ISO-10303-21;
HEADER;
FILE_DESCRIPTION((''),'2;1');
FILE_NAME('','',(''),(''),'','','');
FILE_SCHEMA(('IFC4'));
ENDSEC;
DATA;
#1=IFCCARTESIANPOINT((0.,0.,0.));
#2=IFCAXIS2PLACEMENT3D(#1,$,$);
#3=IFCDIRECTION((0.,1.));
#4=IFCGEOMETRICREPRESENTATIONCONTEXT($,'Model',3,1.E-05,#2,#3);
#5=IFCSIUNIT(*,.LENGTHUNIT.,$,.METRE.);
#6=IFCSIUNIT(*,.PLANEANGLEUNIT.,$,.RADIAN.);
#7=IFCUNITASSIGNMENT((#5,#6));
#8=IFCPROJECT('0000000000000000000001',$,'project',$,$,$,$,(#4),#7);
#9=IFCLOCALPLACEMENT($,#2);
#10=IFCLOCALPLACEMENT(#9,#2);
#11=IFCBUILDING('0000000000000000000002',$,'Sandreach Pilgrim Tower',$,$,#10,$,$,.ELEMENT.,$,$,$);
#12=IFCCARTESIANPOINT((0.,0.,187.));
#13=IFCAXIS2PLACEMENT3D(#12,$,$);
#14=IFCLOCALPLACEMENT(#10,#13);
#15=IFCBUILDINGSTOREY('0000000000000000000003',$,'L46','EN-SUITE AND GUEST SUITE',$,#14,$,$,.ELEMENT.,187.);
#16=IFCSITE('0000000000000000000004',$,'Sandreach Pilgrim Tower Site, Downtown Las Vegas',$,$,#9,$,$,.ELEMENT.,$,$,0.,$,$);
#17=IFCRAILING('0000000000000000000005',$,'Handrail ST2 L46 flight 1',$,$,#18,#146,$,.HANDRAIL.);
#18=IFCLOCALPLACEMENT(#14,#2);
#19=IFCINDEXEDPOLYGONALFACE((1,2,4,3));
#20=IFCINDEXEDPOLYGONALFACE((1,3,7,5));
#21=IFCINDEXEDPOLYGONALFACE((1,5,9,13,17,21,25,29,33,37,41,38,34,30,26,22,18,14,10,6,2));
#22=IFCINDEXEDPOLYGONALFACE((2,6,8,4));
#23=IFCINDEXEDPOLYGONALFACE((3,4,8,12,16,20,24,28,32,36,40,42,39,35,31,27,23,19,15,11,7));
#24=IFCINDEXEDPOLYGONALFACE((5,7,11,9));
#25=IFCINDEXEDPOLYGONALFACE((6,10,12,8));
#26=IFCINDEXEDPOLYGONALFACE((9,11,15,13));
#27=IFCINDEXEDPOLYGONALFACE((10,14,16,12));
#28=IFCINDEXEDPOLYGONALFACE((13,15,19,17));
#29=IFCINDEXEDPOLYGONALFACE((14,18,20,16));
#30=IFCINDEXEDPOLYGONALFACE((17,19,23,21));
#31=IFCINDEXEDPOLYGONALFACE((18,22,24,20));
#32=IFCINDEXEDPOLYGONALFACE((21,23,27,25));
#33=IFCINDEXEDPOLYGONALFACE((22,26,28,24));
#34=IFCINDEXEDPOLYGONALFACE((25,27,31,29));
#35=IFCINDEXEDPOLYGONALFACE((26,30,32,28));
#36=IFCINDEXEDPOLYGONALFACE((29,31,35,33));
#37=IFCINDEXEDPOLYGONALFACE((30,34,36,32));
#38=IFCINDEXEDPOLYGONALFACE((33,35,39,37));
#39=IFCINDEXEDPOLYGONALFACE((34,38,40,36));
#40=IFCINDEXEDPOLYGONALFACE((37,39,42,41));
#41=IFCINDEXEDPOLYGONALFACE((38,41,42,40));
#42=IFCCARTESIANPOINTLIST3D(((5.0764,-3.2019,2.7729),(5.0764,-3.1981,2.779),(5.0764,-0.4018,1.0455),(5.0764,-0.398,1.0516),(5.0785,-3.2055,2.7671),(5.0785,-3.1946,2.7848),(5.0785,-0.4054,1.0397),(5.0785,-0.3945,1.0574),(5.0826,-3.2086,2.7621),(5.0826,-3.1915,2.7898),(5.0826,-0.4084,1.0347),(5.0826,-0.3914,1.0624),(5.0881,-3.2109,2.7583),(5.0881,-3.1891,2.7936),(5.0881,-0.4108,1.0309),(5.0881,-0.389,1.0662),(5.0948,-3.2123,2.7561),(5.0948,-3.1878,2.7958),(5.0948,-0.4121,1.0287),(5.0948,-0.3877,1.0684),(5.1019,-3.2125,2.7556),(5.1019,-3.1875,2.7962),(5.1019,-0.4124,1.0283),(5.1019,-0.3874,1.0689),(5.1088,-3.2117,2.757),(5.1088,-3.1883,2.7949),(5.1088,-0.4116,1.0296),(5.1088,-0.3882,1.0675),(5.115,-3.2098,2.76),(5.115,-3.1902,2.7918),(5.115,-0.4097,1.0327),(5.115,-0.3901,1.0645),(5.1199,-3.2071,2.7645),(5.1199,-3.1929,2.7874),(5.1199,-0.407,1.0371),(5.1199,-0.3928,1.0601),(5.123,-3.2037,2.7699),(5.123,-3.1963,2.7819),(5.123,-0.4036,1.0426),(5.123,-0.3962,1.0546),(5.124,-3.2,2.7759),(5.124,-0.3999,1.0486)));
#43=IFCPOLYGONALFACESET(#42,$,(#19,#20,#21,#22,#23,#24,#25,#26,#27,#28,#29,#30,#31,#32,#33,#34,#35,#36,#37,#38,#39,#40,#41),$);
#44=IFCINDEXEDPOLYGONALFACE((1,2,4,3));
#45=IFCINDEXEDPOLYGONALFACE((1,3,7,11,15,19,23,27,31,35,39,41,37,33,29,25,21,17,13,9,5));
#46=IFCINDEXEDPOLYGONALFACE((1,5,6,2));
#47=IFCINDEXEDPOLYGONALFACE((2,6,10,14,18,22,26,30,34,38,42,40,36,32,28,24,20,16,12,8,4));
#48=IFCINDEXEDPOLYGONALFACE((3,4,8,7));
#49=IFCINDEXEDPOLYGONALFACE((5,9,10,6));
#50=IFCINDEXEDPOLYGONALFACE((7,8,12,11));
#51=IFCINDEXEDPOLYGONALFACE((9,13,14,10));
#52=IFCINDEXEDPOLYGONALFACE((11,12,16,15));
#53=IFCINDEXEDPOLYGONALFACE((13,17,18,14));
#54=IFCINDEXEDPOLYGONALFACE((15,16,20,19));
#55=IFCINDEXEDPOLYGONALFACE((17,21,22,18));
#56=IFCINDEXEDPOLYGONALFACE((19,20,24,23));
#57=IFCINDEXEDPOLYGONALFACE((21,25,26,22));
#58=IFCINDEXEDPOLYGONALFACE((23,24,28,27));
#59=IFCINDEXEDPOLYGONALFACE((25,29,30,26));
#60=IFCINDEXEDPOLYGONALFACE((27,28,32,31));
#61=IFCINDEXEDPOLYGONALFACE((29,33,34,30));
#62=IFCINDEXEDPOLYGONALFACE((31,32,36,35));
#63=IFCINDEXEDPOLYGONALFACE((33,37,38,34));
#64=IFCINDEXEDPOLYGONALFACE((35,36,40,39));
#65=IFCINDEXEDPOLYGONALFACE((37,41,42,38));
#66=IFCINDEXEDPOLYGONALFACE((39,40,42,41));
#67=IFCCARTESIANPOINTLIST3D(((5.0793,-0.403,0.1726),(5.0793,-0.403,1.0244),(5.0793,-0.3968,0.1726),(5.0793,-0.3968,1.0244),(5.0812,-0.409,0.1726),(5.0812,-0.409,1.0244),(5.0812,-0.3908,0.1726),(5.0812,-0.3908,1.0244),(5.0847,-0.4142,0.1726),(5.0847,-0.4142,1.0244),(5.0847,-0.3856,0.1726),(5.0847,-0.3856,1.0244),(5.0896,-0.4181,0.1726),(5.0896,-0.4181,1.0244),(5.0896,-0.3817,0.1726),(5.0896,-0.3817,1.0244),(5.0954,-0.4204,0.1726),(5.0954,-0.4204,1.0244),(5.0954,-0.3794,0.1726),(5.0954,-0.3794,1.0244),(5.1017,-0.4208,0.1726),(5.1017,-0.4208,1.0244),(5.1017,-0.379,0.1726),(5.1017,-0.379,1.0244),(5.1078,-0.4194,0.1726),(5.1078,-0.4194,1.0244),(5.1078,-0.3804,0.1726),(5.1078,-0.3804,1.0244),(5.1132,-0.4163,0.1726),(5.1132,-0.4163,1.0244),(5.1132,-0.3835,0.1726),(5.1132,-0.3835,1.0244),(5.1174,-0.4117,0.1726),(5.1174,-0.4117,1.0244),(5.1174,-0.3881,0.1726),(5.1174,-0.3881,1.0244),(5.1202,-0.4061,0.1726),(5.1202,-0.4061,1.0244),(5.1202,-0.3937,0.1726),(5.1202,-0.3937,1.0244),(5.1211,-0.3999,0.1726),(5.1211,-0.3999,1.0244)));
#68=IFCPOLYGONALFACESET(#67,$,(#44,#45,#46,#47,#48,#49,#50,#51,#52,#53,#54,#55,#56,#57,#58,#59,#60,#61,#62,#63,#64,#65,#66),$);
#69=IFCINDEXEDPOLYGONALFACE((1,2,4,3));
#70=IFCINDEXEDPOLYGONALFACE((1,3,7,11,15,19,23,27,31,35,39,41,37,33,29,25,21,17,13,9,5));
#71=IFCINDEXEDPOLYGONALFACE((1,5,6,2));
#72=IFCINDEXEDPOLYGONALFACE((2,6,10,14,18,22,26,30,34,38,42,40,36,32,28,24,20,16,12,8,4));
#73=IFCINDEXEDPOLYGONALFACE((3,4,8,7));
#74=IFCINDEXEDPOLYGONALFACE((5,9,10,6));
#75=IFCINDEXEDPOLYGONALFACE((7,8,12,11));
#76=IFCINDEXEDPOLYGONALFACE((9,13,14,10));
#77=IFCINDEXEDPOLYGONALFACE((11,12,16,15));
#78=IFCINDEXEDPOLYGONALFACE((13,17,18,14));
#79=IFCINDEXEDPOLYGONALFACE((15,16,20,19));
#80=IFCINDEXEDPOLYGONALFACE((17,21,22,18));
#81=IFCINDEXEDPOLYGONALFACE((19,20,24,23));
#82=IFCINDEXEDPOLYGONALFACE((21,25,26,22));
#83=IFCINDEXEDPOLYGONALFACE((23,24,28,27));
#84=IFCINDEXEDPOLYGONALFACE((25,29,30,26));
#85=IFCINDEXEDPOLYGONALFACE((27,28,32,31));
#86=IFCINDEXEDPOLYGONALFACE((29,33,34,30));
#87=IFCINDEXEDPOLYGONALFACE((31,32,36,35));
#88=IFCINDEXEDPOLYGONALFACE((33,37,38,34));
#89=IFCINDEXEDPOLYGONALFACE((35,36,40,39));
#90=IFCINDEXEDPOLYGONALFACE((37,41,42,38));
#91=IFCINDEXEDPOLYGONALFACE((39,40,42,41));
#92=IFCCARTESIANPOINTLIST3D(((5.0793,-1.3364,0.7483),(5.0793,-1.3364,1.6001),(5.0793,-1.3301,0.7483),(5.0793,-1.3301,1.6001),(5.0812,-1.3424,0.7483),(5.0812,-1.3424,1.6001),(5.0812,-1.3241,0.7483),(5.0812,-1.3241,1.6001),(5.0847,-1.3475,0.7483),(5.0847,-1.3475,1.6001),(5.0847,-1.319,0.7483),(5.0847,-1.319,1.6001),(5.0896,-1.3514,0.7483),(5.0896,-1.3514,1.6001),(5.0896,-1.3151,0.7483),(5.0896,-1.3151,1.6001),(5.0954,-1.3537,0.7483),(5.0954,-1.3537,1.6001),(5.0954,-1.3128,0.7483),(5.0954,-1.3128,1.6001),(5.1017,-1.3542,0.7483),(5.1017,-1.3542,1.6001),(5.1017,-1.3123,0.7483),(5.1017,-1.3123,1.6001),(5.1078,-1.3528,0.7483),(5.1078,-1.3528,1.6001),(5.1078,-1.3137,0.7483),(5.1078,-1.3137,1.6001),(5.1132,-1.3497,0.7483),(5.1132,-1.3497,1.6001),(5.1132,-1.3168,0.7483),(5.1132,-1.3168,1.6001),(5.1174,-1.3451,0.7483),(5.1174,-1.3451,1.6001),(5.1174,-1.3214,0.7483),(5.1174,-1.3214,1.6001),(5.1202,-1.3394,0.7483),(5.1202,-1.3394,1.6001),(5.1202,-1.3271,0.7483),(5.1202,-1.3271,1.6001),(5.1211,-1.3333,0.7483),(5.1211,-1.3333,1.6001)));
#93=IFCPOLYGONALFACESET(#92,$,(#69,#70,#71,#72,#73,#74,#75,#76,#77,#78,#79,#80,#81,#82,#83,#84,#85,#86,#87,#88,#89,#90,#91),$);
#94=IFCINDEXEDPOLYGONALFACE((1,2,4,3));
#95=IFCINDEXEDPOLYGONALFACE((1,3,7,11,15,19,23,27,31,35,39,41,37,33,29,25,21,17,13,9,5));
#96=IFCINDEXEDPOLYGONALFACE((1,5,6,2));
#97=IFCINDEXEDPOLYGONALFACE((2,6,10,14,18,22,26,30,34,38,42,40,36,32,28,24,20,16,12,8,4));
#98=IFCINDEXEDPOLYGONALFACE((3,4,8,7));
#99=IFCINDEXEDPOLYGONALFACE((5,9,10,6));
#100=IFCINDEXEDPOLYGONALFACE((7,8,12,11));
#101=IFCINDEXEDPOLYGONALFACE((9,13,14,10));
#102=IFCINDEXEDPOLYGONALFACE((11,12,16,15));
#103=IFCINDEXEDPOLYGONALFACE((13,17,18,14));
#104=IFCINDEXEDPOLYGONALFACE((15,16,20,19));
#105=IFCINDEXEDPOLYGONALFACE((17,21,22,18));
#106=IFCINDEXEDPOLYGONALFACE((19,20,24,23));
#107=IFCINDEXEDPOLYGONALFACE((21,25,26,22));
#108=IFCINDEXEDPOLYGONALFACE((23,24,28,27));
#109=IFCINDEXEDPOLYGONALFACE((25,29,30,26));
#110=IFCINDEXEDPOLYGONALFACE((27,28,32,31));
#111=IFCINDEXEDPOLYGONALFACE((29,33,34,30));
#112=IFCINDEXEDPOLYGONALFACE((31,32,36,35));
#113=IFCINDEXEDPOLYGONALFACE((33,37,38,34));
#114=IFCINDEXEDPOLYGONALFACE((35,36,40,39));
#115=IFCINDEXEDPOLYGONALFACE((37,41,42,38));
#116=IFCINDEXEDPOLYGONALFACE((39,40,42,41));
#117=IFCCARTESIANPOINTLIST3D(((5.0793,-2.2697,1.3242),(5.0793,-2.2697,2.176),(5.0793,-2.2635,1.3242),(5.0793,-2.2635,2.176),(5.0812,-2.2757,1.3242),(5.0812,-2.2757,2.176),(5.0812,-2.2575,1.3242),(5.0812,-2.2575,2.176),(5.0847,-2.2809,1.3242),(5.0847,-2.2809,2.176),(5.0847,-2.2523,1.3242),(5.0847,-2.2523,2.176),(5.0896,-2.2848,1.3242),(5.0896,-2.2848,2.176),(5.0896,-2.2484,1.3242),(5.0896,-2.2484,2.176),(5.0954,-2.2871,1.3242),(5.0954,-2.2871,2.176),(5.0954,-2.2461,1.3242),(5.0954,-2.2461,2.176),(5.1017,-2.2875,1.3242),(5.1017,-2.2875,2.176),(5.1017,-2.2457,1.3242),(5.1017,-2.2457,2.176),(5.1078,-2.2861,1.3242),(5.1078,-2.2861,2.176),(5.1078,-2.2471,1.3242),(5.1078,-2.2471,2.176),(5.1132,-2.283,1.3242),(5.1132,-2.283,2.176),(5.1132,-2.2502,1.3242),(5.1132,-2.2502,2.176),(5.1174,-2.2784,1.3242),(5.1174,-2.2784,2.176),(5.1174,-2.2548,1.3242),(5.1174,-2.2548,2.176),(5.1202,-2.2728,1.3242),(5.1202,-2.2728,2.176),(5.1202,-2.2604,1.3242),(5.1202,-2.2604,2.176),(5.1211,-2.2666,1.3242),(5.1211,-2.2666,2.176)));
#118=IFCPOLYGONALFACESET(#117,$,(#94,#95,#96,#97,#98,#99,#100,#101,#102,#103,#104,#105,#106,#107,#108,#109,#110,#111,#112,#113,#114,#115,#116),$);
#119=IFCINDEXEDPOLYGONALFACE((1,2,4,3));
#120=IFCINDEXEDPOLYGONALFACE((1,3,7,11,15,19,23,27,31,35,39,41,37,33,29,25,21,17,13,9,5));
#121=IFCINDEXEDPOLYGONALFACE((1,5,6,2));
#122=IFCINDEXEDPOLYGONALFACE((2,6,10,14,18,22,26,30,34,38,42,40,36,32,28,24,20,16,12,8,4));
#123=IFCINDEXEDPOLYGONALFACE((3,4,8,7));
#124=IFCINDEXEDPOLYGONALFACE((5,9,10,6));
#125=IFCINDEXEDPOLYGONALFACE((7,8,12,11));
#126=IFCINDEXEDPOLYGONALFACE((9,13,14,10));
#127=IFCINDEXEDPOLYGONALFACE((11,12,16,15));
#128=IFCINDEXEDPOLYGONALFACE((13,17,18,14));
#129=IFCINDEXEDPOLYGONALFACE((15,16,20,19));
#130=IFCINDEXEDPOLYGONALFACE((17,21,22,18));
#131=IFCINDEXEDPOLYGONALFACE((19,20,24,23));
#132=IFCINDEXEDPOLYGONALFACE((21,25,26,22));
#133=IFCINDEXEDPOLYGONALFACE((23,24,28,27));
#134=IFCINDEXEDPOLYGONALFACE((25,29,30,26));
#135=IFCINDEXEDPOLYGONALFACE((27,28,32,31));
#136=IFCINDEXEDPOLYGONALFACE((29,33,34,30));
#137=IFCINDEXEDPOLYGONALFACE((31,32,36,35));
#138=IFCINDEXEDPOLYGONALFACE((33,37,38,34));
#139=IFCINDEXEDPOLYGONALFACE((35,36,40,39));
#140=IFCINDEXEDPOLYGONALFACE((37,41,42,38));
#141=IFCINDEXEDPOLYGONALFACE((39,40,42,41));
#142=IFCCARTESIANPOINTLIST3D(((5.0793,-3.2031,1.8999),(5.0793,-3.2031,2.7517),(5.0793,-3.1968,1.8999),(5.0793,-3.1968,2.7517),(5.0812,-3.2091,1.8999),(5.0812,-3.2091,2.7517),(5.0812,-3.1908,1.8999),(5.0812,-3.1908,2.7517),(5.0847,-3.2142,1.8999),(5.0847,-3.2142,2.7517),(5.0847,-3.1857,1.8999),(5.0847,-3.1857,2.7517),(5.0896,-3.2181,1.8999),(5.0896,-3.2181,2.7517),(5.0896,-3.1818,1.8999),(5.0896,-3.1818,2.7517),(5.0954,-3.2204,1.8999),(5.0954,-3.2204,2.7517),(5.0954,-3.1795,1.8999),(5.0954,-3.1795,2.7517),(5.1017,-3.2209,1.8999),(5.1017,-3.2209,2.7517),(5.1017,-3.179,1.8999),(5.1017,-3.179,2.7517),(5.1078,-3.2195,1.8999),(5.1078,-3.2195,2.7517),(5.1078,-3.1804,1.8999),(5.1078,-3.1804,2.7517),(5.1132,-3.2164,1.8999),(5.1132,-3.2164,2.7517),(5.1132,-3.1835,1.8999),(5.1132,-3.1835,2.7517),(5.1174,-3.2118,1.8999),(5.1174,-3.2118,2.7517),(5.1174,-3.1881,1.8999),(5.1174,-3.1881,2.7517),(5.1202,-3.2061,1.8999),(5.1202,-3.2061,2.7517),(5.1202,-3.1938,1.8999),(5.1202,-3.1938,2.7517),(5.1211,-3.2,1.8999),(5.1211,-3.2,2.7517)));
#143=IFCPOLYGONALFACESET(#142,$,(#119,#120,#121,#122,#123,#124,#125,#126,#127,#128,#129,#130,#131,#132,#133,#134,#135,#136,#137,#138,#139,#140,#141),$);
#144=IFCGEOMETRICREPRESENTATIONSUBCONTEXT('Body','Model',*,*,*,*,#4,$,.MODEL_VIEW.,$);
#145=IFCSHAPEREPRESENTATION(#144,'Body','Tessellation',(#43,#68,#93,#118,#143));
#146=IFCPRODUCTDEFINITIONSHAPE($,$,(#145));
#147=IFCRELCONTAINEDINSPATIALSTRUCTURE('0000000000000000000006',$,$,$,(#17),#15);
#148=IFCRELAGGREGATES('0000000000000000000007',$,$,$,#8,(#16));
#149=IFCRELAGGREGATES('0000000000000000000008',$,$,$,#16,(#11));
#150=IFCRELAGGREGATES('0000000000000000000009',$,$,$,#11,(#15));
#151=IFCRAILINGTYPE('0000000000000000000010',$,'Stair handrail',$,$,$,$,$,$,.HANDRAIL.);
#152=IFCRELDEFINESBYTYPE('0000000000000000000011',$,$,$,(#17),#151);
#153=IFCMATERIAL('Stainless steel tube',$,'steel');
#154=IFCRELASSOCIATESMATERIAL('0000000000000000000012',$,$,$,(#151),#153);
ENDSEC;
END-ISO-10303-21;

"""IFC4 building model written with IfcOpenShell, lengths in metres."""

from ifc_helpers import new_model, si_unit, direction, frame, origin, origin_2d, place, context, subcontext, project, spatial, circle, extrude, material, type_object, element, save


model = new_model("IFC4")

# Units and contexts
model_context = context("Model", 3, precision=1e-05, world=origin(), true_north=direction((0.0, 1.0)))
body_context = subcontext(model_context, "Body", "Model", "MODEL_VIEW")
ifc_project = project(units=[si_unit("LENGTHUNIT", "METRE"), si_unit("PLANEANGLEUNIT", "RADIAN")], contexts=[model_context])

# Site, building, storey
site_placement = place(None, origin())
site = spatial("IfcSite", under=ifc_project, at=site_placement, Name="Sandreach Pilgrim Tower Site, Downtown Las Vegas", CompositionType="ELEMENT", RefElevation=0.0)
building_placement = place(site_placement, origin())
building = spatial("IfcBuilding", under=site, at=building_placement, Name="Sandreach Pilgrim Tower", CompositionType="ELEMENT")
storey_placement = place(building_placement, frame((0.0, 0.0, 187.0)))
storey = spatial("IfcBuildingStorey", under=building, at=storey_placement, Name="L46", Description="EN-SUITE AND GUEST SUITE", CompositionType="ELEMENT", Elevation=187.0)

# Railing
ifc_material_1 = material(Name="Stainless steel tube", Category="steel")
railing_type = type_object("IfcRailingType", Name="Stair handrail", PredefinedType="HANDRAIL", material=ifc_material_1)
for number, where, name in (
    (1, (5.1001, -0.3999, 0.1726), "Handrail ST2 L46 flight 1"),
):
    element("IfcRailing", number, at=place(storey_placement, frame(where)), inside=storey, type_object=railing_type, Name=name, PredefinedType="HANDRAIL", context=body_context, shape_type="SweptSolid", body=[
        extrude(circle(Radius=0.0239, at=origin_2d()), frame((0.0, 0.0, 0.876), z_axis=(0.0, -0.85109, 0.52502), x_axis=(1.0, 0.0, 0.0)), (0.0, 0.0, 1.0), 3.29),
        extrude(circle(Radius=0.021, at=origin_2d()), origin(), (0.0, 0.0, 1.0), 0.8518),
        extrude(circle(Radius=0.021, at=origin_2d()), frame((0.0, -0.9333, 0.5757)), (0.0, 0.0, 1.0), 0.8518),
        extrude(circle(Radius=0.021, at=origin_2d()), frame((0.0, -1.8667, 1.1516)), (0.0, 0.0, 1.0), 0.8518),
        extrude(circle(Radius=0.021, at=origin_2d()), frame((0.0, -2.8, 1.7273)), (0.0, 0.0, 1.0), 0.8518),
    ])

save(model, "model.ifc")
